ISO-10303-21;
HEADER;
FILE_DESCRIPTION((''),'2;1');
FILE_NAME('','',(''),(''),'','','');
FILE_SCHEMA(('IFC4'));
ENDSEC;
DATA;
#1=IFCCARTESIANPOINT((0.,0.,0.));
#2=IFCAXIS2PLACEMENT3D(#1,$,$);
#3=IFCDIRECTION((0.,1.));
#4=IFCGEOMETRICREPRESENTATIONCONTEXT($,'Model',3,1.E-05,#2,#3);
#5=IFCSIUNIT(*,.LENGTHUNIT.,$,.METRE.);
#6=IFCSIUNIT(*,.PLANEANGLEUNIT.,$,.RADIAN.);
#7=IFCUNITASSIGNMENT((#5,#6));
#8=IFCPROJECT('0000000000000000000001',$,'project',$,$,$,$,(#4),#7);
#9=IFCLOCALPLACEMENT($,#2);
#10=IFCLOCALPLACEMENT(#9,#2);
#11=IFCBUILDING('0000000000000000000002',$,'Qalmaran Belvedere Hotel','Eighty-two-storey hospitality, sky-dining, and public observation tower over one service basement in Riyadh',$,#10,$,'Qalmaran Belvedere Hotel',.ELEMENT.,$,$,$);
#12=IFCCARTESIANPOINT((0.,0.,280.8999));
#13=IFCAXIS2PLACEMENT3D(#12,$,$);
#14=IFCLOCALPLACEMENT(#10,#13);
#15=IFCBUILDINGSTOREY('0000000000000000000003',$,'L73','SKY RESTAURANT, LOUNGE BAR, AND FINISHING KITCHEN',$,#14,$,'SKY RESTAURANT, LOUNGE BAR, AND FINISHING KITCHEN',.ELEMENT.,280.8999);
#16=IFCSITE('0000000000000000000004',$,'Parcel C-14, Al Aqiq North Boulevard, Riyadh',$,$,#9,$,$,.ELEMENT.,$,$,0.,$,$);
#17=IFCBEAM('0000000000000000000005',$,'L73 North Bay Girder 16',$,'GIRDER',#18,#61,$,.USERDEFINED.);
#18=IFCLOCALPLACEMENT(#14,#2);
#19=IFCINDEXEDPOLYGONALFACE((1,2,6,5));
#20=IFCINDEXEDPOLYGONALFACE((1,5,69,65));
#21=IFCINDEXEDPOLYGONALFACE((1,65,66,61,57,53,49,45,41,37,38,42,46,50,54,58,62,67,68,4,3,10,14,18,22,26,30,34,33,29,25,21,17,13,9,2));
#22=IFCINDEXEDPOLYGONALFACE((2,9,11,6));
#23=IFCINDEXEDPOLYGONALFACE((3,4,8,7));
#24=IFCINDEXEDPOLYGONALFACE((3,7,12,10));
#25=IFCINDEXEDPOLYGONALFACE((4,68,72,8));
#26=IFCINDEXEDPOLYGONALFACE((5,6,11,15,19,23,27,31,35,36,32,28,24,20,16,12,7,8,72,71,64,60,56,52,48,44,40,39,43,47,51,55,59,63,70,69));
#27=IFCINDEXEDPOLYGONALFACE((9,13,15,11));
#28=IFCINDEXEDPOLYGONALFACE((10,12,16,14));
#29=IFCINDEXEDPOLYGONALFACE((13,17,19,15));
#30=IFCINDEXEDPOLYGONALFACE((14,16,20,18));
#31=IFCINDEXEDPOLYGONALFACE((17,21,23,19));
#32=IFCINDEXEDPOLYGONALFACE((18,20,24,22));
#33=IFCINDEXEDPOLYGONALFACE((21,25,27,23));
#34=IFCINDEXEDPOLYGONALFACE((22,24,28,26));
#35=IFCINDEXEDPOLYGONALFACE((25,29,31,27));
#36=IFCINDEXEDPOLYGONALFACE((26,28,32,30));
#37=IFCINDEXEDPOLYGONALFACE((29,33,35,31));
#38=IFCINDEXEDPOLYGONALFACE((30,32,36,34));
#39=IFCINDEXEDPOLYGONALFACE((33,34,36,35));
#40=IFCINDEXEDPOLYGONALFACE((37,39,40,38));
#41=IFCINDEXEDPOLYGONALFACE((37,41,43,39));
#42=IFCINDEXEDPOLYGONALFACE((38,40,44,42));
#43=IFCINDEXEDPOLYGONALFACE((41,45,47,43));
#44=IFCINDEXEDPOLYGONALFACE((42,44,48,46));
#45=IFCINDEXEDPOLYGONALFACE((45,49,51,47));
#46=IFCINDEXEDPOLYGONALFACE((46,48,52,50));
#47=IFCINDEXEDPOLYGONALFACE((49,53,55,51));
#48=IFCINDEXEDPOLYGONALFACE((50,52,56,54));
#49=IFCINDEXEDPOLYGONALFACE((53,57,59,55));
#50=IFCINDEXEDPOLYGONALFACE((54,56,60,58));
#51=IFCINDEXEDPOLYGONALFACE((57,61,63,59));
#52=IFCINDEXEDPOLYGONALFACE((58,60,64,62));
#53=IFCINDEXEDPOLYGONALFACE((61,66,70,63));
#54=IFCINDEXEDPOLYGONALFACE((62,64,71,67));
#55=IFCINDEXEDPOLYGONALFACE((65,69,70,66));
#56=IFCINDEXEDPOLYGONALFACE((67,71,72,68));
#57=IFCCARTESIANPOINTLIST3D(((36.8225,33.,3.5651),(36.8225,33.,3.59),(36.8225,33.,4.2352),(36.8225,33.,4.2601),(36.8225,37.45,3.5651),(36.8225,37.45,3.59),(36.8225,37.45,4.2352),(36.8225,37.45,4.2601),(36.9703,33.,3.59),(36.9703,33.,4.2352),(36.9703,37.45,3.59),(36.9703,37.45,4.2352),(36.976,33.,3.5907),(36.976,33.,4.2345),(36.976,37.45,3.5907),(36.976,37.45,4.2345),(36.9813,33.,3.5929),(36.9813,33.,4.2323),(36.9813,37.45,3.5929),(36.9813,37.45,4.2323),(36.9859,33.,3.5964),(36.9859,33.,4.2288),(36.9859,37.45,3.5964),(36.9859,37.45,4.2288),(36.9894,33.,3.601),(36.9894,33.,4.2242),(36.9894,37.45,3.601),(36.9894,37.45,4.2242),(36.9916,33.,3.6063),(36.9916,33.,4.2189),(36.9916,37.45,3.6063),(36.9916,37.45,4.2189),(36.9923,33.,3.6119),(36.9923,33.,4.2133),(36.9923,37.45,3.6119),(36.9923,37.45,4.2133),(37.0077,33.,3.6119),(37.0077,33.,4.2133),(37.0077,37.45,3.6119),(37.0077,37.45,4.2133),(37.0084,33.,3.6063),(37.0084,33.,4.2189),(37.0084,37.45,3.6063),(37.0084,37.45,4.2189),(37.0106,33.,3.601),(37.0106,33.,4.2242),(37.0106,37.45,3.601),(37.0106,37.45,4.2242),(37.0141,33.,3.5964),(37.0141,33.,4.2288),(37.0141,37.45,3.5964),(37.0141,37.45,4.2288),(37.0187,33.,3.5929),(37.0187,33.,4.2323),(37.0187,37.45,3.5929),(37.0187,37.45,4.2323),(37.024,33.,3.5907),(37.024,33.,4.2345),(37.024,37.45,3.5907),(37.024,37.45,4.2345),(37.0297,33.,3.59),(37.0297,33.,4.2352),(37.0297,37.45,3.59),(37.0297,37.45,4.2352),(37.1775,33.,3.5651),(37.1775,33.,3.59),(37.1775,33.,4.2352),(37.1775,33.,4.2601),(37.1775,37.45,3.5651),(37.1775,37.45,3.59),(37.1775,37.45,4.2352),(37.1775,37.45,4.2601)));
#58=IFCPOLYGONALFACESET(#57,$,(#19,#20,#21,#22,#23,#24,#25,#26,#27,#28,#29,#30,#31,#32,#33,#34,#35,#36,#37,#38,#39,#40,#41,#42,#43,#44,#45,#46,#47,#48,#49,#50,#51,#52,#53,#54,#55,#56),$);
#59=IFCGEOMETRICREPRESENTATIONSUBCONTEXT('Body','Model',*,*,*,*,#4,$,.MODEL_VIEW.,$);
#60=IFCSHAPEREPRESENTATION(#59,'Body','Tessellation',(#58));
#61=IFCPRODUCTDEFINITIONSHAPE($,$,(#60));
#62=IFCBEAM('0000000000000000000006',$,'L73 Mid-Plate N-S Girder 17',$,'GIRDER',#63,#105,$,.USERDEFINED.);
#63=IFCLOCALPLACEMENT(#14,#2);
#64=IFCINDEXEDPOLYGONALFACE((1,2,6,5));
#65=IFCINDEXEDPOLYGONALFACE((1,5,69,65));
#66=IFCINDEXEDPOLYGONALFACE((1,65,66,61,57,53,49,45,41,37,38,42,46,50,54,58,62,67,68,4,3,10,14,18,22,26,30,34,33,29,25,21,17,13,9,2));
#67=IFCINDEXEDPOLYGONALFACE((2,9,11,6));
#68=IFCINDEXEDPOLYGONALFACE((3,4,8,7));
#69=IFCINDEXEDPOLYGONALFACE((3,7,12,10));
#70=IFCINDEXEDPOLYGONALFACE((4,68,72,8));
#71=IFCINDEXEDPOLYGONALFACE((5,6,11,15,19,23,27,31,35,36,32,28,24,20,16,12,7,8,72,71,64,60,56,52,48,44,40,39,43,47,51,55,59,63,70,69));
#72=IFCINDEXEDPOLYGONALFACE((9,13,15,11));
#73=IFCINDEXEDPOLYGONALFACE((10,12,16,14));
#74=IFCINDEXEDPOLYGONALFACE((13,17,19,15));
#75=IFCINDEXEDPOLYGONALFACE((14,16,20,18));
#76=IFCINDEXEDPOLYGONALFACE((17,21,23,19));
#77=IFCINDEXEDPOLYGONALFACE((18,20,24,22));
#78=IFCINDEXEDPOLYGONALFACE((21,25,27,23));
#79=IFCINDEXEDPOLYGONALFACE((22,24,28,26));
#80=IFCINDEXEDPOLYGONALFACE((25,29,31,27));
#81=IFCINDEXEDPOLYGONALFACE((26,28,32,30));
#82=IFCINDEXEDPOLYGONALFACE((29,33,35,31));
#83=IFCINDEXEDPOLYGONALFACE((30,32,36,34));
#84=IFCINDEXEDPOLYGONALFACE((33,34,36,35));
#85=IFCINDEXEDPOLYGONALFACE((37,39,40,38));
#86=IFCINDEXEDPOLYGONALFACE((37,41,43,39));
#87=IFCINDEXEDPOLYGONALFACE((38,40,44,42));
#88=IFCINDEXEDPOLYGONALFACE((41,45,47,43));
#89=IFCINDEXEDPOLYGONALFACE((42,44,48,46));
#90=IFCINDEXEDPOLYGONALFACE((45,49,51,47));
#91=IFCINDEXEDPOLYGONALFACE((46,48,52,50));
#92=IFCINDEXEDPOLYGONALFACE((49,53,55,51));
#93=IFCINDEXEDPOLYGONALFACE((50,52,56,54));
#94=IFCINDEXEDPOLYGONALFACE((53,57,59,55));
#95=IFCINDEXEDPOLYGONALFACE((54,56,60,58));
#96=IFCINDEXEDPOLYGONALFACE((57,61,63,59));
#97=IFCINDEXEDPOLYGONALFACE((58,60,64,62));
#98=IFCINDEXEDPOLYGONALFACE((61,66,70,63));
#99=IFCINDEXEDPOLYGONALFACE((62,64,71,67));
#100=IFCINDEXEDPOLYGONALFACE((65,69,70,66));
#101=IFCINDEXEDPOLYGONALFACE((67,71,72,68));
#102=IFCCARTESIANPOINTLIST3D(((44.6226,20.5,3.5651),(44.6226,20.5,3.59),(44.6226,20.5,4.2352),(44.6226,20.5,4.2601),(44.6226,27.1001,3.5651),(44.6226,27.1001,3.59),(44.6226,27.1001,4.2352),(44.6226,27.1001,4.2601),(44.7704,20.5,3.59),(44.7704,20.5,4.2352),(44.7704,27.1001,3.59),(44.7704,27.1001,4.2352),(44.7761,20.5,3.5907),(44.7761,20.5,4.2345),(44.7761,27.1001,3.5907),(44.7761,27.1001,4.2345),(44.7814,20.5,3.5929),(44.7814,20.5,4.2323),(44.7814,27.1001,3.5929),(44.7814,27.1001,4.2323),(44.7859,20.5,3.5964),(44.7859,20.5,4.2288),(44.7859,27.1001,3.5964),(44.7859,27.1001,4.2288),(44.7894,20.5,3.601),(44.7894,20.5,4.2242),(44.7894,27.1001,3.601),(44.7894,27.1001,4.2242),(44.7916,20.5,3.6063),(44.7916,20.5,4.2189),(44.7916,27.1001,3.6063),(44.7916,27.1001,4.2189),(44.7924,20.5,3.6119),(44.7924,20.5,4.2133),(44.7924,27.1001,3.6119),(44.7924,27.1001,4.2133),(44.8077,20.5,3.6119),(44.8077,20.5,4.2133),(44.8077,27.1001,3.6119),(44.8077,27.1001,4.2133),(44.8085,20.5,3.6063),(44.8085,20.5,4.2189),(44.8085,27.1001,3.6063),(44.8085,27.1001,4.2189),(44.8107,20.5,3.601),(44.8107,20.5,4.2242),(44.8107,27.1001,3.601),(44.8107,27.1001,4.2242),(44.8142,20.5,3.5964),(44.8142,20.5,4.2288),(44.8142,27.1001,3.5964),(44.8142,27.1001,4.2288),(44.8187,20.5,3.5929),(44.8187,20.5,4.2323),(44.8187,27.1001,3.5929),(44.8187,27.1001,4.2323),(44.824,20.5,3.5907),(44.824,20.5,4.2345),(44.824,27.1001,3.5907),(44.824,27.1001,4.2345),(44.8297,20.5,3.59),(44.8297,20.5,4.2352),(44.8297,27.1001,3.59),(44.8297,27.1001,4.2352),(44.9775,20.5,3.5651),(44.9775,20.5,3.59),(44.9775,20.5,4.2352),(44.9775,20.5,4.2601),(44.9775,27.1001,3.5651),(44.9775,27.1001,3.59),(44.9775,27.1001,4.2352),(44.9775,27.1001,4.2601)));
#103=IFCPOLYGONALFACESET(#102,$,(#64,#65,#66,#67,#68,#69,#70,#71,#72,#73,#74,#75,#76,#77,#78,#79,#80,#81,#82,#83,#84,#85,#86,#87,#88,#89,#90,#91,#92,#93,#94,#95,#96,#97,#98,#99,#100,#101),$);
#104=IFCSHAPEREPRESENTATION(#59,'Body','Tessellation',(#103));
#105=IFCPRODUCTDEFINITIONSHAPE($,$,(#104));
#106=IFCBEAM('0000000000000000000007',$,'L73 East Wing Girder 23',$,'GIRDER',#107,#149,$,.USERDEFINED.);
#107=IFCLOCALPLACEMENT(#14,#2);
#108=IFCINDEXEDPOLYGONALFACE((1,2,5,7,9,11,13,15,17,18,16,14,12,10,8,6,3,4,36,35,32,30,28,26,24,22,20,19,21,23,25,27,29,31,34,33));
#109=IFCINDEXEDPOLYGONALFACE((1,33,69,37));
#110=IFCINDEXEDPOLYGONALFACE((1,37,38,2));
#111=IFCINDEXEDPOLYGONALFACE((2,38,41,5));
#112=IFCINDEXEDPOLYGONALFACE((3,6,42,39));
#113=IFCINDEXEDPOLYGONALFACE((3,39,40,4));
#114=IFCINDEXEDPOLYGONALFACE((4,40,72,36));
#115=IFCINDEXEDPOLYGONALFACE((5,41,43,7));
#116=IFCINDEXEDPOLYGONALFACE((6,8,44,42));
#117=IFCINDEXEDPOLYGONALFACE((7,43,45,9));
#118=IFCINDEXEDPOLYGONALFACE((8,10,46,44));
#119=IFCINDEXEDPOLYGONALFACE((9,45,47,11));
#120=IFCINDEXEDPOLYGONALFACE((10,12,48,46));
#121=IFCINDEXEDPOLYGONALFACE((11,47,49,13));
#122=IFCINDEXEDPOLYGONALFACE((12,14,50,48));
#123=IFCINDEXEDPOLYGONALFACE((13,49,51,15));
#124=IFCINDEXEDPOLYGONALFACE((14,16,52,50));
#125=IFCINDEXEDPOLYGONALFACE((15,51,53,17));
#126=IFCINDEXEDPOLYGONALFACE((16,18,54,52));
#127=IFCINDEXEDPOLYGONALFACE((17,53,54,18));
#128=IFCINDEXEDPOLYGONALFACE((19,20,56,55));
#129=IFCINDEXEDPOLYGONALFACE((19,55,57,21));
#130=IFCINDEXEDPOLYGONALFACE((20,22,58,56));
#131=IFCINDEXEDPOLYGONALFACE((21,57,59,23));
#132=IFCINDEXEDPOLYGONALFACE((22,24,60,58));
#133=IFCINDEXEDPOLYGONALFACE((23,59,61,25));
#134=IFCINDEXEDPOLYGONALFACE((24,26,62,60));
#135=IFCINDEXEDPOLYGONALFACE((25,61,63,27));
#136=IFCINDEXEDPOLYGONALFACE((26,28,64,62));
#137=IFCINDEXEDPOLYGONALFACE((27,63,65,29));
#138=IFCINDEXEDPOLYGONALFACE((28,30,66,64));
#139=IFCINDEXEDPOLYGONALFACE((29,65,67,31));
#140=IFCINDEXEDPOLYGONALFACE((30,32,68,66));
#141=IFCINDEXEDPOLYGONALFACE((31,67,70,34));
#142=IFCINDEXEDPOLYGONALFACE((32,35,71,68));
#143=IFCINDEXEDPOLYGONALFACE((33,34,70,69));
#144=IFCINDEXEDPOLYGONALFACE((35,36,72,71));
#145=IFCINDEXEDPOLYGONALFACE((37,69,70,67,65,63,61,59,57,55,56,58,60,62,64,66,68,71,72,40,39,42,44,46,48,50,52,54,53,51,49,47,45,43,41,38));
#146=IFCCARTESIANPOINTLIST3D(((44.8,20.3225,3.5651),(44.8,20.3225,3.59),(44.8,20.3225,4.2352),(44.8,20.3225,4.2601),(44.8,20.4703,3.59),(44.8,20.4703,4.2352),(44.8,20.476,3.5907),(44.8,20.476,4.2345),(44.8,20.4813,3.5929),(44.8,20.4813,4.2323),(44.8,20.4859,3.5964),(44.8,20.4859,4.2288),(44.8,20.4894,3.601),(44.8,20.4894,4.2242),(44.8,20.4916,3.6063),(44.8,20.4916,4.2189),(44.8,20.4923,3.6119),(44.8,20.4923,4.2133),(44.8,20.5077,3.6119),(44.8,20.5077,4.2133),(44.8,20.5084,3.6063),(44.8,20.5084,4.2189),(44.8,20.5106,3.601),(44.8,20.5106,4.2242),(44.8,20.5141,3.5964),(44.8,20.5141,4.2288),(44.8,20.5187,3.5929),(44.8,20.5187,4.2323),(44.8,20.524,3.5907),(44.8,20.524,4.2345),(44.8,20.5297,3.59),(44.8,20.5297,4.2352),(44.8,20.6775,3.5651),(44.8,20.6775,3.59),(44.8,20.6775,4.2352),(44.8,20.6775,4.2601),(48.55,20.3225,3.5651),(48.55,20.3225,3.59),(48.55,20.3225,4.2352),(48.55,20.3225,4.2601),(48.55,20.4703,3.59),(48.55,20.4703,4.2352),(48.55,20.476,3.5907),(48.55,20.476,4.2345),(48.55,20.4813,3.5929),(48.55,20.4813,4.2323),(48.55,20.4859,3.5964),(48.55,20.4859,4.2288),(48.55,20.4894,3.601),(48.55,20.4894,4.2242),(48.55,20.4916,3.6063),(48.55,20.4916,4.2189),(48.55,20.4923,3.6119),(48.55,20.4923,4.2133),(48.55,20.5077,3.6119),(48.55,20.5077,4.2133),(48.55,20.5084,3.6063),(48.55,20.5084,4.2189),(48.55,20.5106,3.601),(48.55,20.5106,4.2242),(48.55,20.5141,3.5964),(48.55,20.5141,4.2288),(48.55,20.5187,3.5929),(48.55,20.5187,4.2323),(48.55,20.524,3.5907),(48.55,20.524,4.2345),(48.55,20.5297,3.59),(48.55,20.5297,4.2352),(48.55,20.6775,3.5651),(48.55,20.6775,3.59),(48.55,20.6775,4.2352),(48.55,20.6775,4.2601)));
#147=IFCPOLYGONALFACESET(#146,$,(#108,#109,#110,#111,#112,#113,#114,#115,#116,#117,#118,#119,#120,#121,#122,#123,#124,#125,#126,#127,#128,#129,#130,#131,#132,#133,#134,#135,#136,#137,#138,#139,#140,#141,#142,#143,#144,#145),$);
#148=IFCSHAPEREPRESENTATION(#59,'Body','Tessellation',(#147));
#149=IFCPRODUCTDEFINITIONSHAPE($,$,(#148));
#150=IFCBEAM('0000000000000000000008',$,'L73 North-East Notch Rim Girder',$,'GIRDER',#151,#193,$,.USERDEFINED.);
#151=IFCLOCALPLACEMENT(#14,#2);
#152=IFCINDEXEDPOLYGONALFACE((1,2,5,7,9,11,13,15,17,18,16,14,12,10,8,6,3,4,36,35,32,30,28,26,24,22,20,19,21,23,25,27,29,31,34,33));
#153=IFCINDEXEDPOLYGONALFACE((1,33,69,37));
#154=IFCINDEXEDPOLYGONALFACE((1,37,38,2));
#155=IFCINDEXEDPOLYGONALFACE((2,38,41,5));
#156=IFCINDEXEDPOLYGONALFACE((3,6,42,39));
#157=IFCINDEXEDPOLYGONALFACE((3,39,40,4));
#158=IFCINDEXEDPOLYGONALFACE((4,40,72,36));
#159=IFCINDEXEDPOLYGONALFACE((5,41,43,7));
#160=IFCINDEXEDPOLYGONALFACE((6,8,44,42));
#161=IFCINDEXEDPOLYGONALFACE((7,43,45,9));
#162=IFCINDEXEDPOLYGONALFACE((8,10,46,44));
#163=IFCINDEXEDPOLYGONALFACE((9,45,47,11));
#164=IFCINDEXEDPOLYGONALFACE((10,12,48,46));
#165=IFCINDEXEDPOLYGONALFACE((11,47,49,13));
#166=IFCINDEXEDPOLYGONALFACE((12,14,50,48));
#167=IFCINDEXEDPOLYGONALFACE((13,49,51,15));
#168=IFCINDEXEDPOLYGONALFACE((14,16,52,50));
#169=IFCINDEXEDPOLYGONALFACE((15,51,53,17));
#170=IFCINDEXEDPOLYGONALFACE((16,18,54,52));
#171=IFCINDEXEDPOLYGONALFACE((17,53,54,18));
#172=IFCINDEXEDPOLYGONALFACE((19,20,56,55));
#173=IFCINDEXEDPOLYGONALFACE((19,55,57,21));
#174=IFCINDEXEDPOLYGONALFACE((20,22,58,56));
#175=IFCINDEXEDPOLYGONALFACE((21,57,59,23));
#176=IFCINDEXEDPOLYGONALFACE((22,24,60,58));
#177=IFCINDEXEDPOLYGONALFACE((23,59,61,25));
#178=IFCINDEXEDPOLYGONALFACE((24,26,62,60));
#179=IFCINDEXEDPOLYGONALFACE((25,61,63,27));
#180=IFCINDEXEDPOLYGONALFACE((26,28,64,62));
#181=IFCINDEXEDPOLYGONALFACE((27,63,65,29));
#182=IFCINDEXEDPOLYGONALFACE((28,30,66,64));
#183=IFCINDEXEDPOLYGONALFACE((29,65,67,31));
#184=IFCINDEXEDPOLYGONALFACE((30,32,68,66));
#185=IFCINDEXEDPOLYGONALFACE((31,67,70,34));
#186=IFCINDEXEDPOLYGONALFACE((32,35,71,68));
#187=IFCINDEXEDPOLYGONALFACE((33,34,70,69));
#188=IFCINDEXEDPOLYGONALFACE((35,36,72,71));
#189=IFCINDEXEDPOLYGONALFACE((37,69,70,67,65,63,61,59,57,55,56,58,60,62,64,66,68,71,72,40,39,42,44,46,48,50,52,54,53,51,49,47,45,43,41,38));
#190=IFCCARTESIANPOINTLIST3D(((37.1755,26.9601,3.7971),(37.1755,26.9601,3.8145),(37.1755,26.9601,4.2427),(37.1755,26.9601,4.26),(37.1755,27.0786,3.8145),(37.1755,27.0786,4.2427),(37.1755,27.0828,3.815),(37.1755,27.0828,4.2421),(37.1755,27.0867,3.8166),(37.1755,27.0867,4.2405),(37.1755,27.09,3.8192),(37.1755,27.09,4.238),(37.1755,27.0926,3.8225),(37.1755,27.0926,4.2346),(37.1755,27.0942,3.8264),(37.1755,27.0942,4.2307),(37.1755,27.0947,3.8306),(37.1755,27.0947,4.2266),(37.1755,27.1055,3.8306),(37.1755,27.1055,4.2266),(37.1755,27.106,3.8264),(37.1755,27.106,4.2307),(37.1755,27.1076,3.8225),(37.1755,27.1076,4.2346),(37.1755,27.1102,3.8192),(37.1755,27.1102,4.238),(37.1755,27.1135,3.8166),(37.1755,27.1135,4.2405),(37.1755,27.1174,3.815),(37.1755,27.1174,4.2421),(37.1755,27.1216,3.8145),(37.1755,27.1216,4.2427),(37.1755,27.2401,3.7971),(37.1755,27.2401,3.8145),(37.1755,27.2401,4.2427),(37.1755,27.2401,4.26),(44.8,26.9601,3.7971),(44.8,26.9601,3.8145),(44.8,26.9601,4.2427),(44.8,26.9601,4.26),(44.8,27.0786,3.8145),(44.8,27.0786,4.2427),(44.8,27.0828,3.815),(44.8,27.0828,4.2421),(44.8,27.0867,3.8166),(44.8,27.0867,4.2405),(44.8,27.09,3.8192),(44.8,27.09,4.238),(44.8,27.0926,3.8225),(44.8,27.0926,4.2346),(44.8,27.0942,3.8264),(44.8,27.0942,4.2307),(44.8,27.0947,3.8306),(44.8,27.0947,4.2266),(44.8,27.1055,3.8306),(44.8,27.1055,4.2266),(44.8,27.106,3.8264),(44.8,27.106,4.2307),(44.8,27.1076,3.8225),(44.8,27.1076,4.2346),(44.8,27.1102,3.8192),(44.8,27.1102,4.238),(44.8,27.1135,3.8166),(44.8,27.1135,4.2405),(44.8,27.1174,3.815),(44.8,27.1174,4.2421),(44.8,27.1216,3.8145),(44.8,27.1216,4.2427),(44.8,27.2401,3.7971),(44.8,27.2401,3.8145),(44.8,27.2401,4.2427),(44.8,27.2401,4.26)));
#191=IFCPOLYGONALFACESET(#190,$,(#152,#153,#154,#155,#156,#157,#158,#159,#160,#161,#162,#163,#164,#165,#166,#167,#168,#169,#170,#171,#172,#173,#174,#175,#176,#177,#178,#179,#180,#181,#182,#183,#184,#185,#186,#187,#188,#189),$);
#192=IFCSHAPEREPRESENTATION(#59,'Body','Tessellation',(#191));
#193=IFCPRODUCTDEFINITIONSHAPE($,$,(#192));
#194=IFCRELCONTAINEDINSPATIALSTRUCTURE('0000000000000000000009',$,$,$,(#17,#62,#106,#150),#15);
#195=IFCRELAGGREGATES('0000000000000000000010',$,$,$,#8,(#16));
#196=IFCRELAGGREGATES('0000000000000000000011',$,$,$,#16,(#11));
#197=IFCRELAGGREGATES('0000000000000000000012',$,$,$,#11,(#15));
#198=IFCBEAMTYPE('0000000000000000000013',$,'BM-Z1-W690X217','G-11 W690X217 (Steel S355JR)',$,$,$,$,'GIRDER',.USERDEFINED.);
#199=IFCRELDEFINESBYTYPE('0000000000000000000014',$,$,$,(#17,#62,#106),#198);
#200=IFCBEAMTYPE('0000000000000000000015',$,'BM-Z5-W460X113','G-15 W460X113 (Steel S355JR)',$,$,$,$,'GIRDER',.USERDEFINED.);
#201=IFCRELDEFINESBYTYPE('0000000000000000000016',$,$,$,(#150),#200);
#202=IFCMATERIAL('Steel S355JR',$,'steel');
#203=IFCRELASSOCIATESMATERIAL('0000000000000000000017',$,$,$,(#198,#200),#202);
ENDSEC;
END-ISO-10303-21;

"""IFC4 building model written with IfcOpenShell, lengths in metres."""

from ifc_helpers import new_model, si_unit, direction, frame, origin, origin_2d, place, context, subcontext, project, spatial, i_section, extrude, material, material_profile, profile_set, type_object, element, save


model = new_model("IFC4")

# Units and contexts
model_context = context("Model", 3, precision=1e-05, world=origin(), true_north=direction((0.0, 1.0)))
body_context = subcontext(model_context, "Body", "Model", "MODEL_VIEW")
ifc_project = project(units=[si_unit("LENGTHUNIT", "METRE"), si_unit("PLANEANGLEUNIT", "RADIAN")], contexts=[model_context])

# Site, building, storey
site_placement = place(None, origin())
site = spatial("IfcSite", under=ifc_project, at=site_placement, Name="Parcel C-14, Al Aqiq North Boulevard, Riyadh", CompositionType="ELEMENT", RefElevation=0.0)
building_placement = place(site_placement, origin())
building = spatial("IfcBuilding", under=site, at=building_placement, Name="Qalmaran Belvedere Hotel", Description="Eighty-two-storey hospitality, sky-dining, and public observation tower over one service basement in Riyadh", LongName="Qalmaran Belvedere Hotel", CompositionType="ELEMENT")
storey_placement = place(building_placement, frame((0.0, 0.0, 280.8999)))
storey = spatial("IfcBuildingStorey", under=building, at=storey_placement, Name="L73", Description="SKY RESTAURANT, LOUNGE BAR, AND FINISHING KITCHEN", LongName="SKY RESTAURANT, LOUNGE BAR, AND FINISHING KITCHEN", CompositionType="ELEMENT", Elevation=280.8999)

# Beams
ifc_material_1 = material(Name="Steel S355JR", Category="steel")
ifc_material_profile_1 = material_profile(ifc_material_1, i_section(OverallWidth=0.355, OverallDepth=0.6951, WebThickness=0.0154, FlangeThickness=0.0249, FilletRadius=0.022, at=origin_2d()), Name="W690X217")
ifc_profile_set_1 = profile_set([ifc_material_profile_1], Name="Steel S355JR")
beam_type_1 = type_object("IfcBeamType", Name="BM-Z1-W690X217", Description="G-11 W690X217 (Steel S355JR)", ElementType="GIRDER", PredefinedType="USERDEFINED", material=ifc_profile_set_1)
beam_1_placement = place(storey_placement, frame((37.0, 33.0, 3.9126), z_axis=(0.0, 1.0, 0.0), x_axis=(-1.0, 0.0, 0.0)))
element("IfcBeam", 1, at=beam_1_placement, inside=storey, type_object=beam_type_1, Name="L73 North Bay Girder 16", ObjectType="GIRDER", PredefinedType="USERDEFINED", context=body_context, shape_type="SweptSolid", body=[
    extrude(i_section(OverallWidth=0.355, OverallDepth=0.6951, WebThickness=0.0154, FlangeThickness=0.0249, FilletRadius=0.022, at=origin_2d()), origin(), (0.0, 0.0, 1.0), 4.45),
])
beam_2_placement = place(storey_placement, frame((44.8, 20.5, 3.9126), z_axis=(0.0, 1.0, 0.0), x_axis=(-1.0, 0.0, 0.0)))
element("IfcBeam", 2, at=beam_2_placement, inside=storey, type_object=beam_type_1, Name="L73 Mid-Plate N-S Girder 17", ObjectType="GIRDER", PredefinedType="USERDEFINED", context=body_context, shape_type="SweptSolid", body=[
    extrude(i_section(OverallWidth=0.355, OverallDepth=0.6951, WebThickness=0.0154, FlangeThickness=0.0249, FilletRadius=0.022, at=origin_2d()), origin(), (0.0, 0.0, 1.0), 6.6001),
])
beam_3_placement = place(storey_placement, frame((44.8, 20.5, 3.9126), z_axis=(1.0, 0.0, 0.0), x_axis=(0.0, 1.0, 0.0)))
element("IfcBeam", 3, at=beam_3_placement, inside=storey, type_object=beam_type_1, Name="L73 East Wing Girder 23", ObjectType="GIRDER", PredefinedType="USERDEFINED", context=body_context, shape_type="SweptSolid", body=[
    extrude(i_section(OverallWidth=0.355, OverallDepth=0.6951, WebThickness=0.0154, FlangeThickness=0.0249, FilletRadius=0.022, at=origin_2d()), origin(), (0.0, 0.0, 1.0), 3.75),
])
ifc_material_profile_2 = material_profile(ifc_material_1, i_section(OverallWidth=0.28, OverallDepth=0.4629, WebThickness=0.0107, FlangeThickness=0.0173, FilletRadius=0.0161, at=origin_2d()), Name="W460X113")
ifc_profile_set_2 = profile_set([ifc_material_profile_2], Name="Steel S355JR")
beam_type_2 = type_object("IfcBeamType", Name="BM-Z5-W460X113", Description="G-15 W460X113 (Steel S355JR)", ElementType="GIRDER", PredefinedType="USERDEFINED", material=ifc_profile_set_2)
beam_4_placement = place(storey_placement, frame((37.1755, 27.1001, 4.0286), z_axis=(1.0, 0.0, 0.0), x_axis=(0.0, 1.0, 0.0)))
element("IfcBeam", 4, at=beam_4_placement, inside=storey, type_object=beam_type_2, Name="L73 North-East Notch Rim Girder", ObjectType="GIRDER", PredefinedType="USERDEFINED", context=body_context, shape_type="SweptSolid", body=[
    extrude(i_section(OverallWidth=0.28, OverallDepth=0.4629, WebThickness=0.0107, FlangeThickness=0.0173, FilletRadius=0.0161, at=origin_2d()), origin(), (0.0, 0.0, 1.0), 7.6245),
])

save(model, "model.ifc")
